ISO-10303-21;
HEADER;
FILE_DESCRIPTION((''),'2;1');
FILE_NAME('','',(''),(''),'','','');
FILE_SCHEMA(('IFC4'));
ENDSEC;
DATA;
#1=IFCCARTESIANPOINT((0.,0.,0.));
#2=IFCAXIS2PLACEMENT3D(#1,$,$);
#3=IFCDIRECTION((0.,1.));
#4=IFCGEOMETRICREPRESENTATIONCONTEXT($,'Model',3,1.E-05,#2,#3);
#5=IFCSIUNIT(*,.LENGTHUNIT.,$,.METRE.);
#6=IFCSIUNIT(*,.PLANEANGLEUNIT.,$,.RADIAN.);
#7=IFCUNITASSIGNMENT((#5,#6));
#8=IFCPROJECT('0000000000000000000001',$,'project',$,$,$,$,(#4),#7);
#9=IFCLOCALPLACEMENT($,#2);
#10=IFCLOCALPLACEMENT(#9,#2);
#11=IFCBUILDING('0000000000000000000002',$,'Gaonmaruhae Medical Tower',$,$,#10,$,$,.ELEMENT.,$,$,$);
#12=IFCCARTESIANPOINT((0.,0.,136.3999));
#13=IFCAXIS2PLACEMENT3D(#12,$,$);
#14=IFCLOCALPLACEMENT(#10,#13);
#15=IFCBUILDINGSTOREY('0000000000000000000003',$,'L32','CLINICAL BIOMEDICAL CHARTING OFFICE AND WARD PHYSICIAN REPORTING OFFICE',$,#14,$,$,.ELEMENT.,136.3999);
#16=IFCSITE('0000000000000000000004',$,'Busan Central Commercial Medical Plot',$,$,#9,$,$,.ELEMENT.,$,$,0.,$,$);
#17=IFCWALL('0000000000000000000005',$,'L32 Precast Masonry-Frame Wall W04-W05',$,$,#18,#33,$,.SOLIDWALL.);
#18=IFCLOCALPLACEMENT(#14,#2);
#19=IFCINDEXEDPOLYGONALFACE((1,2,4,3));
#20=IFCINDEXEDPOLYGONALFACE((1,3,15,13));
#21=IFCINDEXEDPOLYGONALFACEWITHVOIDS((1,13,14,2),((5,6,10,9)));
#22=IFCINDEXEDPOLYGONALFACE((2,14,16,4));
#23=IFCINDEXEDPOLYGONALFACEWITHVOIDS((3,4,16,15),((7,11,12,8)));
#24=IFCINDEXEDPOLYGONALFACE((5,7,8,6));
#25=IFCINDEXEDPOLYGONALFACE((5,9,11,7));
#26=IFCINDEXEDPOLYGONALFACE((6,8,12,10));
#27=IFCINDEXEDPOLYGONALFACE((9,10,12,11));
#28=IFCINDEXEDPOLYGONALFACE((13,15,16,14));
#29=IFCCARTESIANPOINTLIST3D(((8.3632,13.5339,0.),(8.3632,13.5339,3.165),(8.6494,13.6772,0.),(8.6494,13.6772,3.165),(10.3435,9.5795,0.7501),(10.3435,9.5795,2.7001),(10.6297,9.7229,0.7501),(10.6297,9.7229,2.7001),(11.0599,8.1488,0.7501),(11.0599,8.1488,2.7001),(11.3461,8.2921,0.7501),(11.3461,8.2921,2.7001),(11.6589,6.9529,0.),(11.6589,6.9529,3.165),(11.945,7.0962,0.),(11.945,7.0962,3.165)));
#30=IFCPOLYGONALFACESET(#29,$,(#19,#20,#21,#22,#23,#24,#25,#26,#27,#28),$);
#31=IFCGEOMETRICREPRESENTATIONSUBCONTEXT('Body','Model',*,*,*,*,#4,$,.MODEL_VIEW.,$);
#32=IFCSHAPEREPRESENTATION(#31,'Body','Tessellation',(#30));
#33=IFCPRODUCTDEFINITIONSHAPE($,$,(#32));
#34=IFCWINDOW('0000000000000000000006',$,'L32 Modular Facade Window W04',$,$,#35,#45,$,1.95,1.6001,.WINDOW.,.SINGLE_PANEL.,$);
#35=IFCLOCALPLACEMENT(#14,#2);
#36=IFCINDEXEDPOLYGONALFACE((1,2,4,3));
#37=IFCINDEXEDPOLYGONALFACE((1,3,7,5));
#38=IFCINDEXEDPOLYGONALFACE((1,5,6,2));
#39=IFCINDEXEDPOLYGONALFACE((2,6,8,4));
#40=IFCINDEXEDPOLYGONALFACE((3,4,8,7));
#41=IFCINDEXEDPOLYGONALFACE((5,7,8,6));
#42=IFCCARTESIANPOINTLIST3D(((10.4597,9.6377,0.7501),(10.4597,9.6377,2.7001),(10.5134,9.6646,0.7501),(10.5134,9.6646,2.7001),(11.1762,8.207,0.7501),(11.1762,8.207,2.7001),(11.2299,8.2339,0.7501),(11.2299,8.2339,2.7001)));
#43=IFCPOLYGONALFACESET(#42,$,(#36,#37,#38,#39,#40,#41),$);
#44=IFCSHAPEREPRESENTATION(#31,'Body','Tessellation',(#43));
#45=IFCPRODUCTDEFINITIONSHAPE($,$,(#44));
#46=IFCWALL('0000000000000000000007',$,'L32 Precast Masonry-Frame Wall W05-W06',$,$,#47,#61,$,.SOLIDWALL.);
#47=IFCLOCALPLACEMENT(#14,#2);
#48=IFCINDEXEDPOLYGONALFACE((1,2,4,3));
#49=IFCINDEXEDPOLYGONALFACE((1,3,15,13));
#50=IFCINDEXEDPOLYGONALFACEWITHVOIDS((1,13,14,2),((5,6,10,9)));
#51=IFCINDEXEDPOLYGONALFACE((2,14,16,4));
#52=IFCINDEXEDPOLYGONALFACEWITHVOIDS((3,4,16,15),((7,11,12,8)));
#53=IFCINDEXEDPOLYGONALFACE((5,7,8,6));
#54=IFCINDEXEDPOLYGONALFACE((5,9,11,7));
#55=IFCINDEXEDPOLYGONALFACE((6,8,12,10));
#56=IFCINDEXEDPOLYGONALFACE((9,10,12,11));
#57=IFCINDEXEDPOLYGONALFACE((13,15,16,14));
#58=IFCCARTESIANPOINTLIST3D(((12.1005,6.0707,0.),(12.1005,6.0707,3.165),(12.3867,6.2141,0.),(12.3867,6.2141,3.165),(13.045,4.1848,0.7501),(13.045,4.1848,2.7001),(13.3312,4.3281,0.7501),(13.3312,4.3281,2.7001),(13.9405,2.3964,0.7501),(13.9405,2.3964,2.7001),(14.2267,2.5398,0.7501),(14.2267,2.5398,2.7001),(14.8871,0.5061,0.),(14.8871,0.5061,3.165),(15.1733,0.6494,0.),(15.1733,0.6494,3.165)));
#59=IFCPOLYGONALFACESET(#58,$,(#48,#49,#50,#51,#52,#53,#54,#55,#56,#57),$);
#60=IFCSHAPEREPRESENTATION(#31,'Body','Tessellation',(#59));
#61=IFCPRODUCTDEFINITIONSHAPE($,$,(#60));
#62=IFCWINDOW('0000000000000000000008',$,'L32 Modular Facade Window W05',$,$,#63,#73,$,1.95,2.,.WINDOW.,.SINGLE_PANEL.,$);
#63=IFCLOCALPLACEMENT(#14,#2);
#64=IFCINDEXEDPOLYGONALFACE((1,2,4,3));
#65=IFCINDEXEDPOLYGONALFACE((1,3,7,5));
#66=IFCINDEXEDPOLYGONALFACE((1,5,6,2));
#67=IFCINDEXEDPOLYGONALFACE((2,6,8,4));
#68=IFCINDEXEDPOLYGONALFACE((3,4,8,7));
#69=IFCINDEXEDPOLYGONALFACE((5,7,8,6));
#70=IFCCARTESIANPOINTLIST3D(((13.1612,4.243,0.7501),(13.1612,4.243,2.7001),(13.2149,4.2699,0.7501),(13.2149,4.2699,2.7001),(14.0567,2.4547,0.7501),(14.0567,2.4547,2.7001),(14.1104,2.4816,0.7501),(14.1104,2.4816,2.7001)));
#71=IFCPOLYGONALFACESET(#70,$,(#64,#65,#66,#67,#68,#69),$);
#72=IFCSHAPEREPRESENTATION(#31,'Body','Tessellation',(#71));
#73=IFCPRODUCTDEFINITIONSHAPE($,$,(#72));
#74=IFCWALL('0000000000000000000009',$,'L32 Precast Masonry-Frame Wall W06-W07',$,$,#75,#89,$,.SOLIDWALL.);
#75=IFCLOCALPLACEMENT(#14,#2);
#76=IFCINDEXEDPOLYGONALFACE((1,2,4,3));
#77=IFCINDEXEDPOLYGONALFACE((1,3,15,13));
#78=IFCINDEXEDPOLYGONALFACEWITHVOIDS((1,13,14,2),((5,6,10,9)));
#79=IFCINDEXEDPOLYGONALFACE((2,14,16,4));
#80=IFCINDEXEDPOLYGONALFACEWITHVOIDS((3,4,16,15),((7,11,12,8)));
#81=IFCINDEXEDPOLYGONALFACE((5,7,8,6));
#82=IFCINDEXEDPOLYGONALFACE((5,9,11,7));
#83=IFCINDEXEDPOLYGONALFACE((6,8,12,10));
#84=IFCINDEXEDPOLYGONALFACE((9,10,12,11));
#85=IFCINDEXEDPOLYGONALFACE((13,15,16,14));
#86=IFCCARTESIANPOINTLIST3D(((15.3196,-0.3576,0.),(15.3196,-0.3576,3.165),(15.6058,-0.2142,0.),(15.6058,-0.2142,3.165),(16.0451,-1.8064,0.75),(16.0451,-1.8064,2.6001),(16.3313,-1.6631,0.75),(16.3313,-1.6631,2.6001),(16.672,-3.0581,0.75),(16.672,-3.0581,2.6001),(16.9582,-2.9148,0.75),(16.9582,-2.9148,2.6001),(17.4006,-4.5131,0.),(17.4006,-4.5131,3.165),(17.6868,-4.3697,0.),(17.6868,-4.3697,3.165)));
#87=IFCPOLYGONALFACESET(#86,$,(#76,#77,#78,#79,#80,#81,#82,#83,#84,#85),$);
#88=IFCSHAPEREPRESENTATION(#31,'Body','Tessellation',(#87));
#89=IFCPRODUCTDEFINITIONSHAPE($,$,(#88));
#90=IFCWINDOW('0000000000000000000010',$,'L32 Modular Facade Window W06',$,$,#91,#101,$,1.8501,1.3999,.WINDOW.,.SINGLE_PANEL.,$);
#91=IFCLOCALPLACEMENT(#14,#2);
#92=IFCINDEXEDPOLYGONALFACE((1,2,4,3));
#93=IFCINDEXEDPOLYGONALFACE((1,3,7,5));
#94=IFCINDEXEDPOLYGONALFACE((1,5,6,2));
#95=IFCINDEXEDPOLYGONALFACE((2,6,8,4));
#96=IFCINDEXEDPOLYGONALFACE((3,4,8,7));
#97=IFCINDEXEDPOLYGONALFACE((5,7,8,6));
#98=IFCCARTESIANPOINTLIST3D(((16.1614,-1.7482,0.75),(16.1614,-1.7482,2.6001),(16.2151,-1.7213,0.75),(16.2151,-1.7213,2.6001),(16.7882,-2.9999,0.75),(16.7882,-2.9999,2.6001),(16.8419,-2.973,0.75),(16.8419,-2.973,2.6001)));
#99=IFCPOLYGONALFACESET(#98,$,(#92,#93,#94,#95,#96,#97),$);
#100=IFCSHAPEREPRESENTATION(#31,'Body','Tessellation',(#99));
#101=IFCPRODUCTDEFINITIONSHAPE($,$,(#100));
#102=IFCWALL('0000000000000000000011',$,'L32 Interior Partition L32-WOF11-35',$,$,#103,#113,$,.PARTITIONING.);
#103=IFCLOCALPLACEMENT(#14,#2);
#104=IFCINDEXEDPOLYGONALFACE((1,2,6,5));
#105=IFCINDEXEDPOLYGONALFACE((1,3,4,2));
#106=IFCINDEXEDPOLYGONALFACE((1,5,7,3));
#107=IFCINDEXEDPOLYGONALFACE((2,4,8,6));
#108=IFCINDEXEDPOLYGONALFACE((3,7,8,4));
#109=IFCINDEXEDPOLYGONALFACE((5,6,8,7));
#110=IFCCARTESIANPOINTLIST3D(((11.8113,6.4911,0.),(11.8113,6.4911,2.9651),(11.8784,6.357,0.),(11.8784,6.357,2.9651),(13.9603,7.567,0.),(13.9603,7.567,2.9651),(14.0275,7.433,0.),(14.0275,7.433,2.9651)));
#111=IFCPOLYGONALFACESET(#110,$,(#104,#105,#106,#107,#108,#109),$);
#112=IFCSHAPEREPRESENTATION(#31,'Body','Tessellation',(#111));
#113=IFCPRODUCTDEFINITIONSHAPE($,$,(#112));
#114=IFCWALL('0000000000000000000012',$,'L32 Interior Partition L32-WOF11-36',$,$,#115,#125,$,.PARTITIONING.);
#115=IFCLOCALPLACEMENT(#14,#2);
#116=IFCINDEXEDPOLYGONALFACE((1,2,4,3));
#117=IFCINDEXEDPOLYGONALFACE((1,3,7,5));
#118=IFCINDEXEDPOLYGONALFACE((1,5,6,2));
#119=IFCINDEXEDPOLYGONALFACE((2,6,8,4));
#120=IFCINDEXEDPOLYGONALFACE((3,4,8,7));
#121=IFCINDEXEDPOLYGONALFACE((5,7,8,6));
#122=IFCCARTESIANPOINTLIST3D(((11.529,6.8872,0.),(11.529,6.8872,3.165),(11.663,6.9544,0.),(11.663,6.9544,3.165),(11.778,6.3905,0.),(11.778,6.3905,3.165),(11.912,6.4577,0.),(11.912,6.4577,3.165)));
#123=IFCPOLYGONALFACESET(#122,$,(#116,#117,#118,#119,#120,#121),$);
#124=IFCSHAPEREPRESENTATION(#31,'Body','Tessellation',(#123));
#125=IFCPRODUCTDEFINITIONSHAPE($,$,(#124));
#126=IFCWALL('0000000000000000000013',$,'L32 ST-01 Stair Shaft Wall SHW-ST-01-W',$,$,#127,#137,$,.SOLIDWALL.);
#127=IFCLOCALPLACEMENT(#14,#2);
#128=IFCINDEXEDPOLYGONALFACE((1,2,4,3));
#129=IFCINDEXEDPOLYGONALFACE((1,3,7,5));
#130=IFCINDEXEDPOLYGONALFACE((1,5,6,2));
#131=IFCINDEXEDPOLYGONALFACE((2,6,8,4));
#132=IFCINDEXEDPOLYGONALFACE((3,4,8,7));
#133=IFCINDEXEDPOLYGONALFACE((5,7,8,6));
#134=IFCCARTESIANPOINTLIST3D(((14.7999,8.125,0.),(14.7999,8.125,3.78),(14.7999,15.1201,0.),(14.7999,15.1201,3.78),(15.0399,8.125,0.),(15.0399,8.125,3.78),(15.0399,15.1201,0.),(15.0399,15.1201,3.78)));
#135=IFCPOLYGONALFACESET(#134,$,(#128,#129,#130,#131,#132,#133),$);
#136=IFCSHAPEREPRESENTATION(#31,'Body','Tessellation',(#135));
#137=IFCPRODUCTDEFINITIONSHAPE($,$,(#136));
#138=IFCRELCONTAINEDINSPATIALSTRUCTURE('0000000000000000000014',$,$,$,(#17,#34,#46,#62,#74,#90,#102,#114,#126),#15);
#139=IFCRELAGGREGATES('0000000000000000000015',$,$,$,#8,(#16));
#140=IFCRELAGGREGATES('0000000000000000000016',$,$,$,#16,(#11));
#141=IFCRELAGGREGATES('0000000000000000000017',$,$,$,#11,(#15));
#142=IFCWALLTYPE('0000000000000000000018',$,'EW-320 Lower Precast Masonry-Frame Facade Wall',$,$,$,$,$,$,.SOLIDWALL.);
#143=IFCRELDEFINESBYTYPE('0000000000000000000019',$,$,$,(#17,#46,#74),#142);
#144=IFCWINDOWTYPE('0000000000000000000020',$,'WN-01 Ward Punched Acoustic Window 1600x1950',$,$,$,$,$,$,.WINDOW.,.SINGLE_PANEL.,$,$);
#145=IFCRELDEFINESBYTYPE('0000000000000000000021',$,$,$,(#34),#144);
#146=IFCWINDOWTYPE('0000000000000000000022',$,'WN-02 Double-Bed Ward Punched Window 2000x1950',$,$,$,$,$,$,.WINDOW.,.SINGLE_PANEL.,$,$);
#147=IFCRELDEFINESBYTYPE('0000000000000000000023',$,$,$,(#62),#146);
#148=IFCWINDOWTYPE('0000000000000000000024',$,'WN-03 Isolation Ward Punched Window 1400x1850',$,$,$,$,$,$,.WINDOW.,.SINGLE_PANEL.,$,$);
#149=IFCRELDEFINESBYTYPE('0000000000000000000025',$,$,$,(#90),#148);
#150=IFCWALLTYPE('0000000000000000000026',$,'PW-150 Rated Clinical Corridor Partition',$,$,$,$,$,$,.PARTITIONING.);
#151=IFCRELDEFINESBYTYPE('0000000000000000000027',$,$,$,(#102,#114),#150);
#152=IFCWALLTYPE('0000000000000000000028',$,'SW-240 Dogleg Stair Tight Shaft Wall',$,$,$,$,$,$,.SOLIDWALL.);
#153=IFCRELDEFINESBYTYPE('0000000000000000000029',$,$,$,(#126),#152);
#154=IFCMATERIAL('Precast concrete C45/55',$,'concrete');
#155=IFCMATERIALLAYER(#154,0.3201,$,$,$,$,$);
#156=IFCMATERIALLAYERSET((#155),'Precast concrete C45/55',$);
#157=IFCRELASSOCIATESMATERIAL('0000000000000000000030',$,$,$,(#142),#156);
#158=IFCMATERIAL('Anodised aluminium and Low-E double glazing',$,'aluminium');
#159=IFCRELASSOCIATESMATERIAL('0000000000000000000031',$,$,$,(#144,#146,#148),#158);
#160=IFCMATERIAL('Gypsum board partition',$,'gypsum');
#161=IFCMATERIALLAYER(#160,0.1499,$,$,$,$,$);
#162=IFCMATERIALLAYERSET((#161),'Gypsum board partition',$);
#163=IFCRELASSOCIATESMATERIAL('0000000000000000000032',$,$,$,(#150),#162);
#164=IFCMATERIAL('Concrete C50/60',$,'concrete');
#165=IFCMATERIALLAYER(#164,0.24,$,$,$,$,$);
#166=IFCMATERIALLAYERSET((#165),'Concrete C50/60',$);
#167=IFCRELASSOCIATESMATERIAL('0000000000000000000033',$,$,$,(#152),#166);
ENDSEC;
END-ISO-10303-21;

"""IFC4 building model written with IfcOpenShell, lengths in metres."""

from ifc_helpers import new_model, si_unit, direction, frame, frame_2d, origin, place, context, subcontext, project, spatial, rectangle, extrude, material, layer, layer_set, type_object, element, fill, save


model = new_model("IFC4")

# Units and contexts
model_context = context("Model", 3, precision=1e-05, world=origin(), true_north=direction((0.0, 1.0)))
body_context = subcontext(model_context, "Body", "Model", "MODEL_VIEW")
ifc_project = project(units=[si_unit("LENGTHUNIT", "METRE"), si_unit("PLANEANGLEUNIT", "RADIAN")], contexts=[model_context])

# Site, building, storey
site_placement = place(None, origin())
site = spatial("IfcSite", under=ifc_project, at=site_placement, Name="Busan Central Commercial Medical Plot", CompositionType="ELEMENT", RefElevation=0.0)
building_placement = place(site_placement, origin())
building = spatial("IfcBuilding", under=site, at=building_placement, Name="Gaonmaruhae Medical Tower", CompositionType="ELEMENT")
storey_placement = place(building_placement, frame((0.0, 0.0, 136.3999)))
storey = spatial("IfcBuildingStorey", under=building, at=storey_placement, Name="L32", Description="CLINICAL BIOMEDICAL CHARTING OFFICE AND WARD PHYSICIAN REPORTING OFFICE", CompositionType="ELEMENT", Elevation=136.3999)

# Walls, openings, windows
ifc_material_1 = material(Name="Precast concrete C45/55", Category="concrete")
ifc_layer_1 = layer(ifc_material_1, 0.3201)
ifc_layer_set_1 = layer_set([ifc_layer_1], Name="Precast concrete C45/55")
wall_type_1 = type_object("IfcWallType", Name="EW-320 Lower Precast Masonry-Frame Facade Wall", PredefinedType="SOLIDWALL", material=ifc_layer_set_1)
wall_1_placement = place(storey_placement, frame((11.802, 7.0244, 0.0), z_axis=(0.0, 0.0, 1.0), x_axis=(-0.447771, 0.894148, 0.0)))
wall_1 = element("IfcWall", 1, at=wall_1_placement, inside=storey, type_object=wall_type_1, Name="L32 Precast Masonry-Frame Wall W04-W05", PredefinedType="SOLIDWALL", context=body_context, shape_type="SweptSolid", body=[
    extrude(rectangle(XDim=7.3601, YDim=0.3201, at=frame_2d((3.6802, 0.0))), origin(), (0.0, 0.0, 1.0), 3.165),
])
opening_1_placement = place(wall_1_placement, frame((1.3376, 0.0, 0.75)))
opening_1 = element("IfcOpeningElement", 2, at=opening_1_placement, cuts=wall_1, PredefinedType="OPENING", context=body_context, shape_type="SweptSolid", body=[
    extrude(rectangle(XDim=1.6001, YDim=1.95, at=frame_2d((0.8, 0.9751))), frame((0.0, 0.1699, 0.0), z_axis=(0.0, -1.0, 0.0), x_axis=(1.0, 0.0, 0.0)), (0.0, 0.0, 1.0), 0.3401),
])
ifc_material_2 = material(Name="Anodised aluminium and Low-E double glazing", Category="aluminium")
window_type_1 = type_object("IfcWindowType", Name="WN-01 Ward Punched Acoustic Window 1600x1950", PartitioningType="SINGLE_PANEL", PredefinedType="WINDOW", material=ifc_material_2)
window_1_placement = place(opening_1_placement, origin())
window_1 = element("IfcWindow", 3, at=window_1_placement, inside=storey, type_object=window_type_1, Name="L32 Modular Facade Window W04", OverallHeight=1.95, OverallWidth=1.6001, PartitioningType="SINGLE_PANEL", PredefinedType="WINDOW", context=body_context, shape_type="SweptSolid", body=[
    extrude(rectangle(XDim=1.6001, YDim=1.95, at=frame_2d((0.8, 0.9751))), frame((0.0, 0.03, 0.0), z_axis=(0.0, -1.0, 0.0), x_axis=(1.0, 0.0, 0.0)), (0.0, 0.0, 1.0), 0.0601),
])
fill(opening_1, window_1)
wall_2_placement = place(storey_placement, frame((15.0303, 0.5776, 0.0), z_axis=(0.0, 0.0, 1.0), x_axis=(-0.447763, 0.894152, 0.0)))
wall_2 = element("IfcWall", 4, at=wall_2_placement, inside=storey, type_object=wall_type_1, Name="L32 Precast Masonry-Frame Wall W05-W06", PredefinedType="SOLIDWALL", context=body_context, shape_type="SweptSolid", body=[
    extrude(rectangle(XDim=6.2234, YDim=0.3201, at=frame_2d((3.1118, 0.0))), origin(), (0.0, 0.0, 1.0), 3.165),
])
opening_2_placement = place(wall_2_placement, frame((2.1143, 0.0, 0.75)))
opening_2 = element("IfcOpeningElement", 5, at=opening_2_placement, cuts=wall_2, PredefinedType="OPENING", context=body_context, shape_type="SweptSolid", body=[
    extrude(rectangle(XDim=2.0, YDim=1.95, at=frame_2d((1.0, 0.9751))), frame((0.0, 0.1699, 0.0), z_axis=(0.0, -1.0, 0.0), x_axis=(1.0, 0.0, 0.0)), (0.0, 0.0, 1.0), 0.3401),
])
window_type_2 = type_object("IfcWindowType", Name="WN-02 Double-Bed Ward Punched Window 2000x1950", PartitioningType="SINGLE_PANEL", PredefinedType="WINDOW", material=ifc_material_2)
window_2_placement = place(opening_2_placement, origin())
window_2 = element("IfcWindow", 6, at=window_2_placement, inside=storey, type_object=window_type_2, Name="L32 Modular Facade Window W05", OverallHeight=1.95, OverallWidth=2.0, PartitioningType="SINGLE_PANEL", PredefinedType="WINDOW", context=body_context, shape_type="SweptSolid", body=[
    extrude(rectangle(XDim=2.0, YDim=1.95, at=frame_2d((1.0, 0.9751))), frame((0.0, 0.03, 0.0), z_axis=(0.0, -1.0, 0.0), x_axis=(1.0, 0.0, 0.0)), (0.0, 0.0, 1.0), 0.0601),
])
fill(opening_2, window_2)
wall_3_placement = place(storey_placement, frame((17.5437, -4.4414, 0.0), z_axis=(0.0, 0.0, 1.0), x_axis=(-0.447781, 0.894143, 0.0)))
wall_3 = element("IfcWall", 7, at=wall_3_placement, inside=storey, type_object=wall_type_1, Name="L32 Precast Masonry-Frame Wall W06-W07", PredefinedType="SOLIDWALL", context=body_context, shape_type="SweptSolid", body=[
    extrude(rectangle(XDim=4.6475, YDim=0.3201, at=frame_2d((2.3237, 0.0))), origin(), (0.0, 0.0, 1.0), 3.165),
])
opening_3_placement = place(wall_3_placement, frame((1.6272, 0.0, 0.75)))
opening_3 = element("IfcOpeningElement", 8, at=opening_3_placement, cuts=wall_3, PredefinedType="OPENING", context=body_context, shape_type="SweptSolid", body=[
    extrude(rectangle(XDim=1.3999, YDim=1.8501, at=frame_2d((0.7, 0.925))), frame((0.0, 0.1699, 0.0), z_axis=(0.0, -1.0, 0.0), x_axis=(1.0, 0.0, 0.0)), (0.0, 0.0, 1.0), 0.3401),
])
window_type_3 = type_object("IfcWindowType", Name="WN-03 Isolation Ward Punched Window 1400x1850", PartitioningType="SINGLE_PANEL", PredefinedType="WINDOW", material=ifc_material_2)
window_3_placement = place(opening_3_placement, origin())
window_3 = element("IfcWindow", 9, at=window_3_placement, inside=storey, type_object=window_type_3, Name="L32 Modular Facade Window W06", OverallHeight=1.8501, OverallWidth=1.3999, PartitioningType="SINGLE_PANEL", PredefinedType="WINDOW", context=body_context, shape_type="SweptSolid", body=[
    extrude(rectangle(XDim=1.3999, YDim=1.8501, at=frame_2d((0.7, 0.925))), frame((0.0, 0.03, 0.0), z_axis=(0.0, -1.0, 0.0), x_axis=(1.0, 0.0, 0.0)), (0.0, 0.0, 1.0), 0.0601),
])
fill(opening_3, window_3)

# Walls
ifc_material_3 = material(Name="Gypsum board partition", Category="gypsum")
ifc_layer_2 = layer(ifc_material_3, 0.1499)
ifc_layer_set_2 = layer_set([ifc_layer_2], Name="Gypsum board partition")
wall_type_2 = type_object("IfcWallType", Name="PW-150 Rated Clinical Corridor Partition", PredefinedType="PARTITIONING", material=ifc_layer_set_2)
wall_4_placement = place(storey_placement, frame((13.9939, 7.5, 0.0), z_axis=(0.0, 0.0, 1.0), x_axis=(-0.894183, -0.447701, 0.0)))
element("IfcWall", 10, at=wall_4_placement, inside=storey, type_object=wall_type_2, Name="L32 Interior Partition L32-WOF11-35", PredefinedType="PARTITIONING", context=body_context, shape_type="SweptSolid", body=[
    extrude(rectangle(XDim=2.4033, YDim=0.1499, at=frame_2d((1.2017, 0.0))), origin(), (0.0, 0.0, 1.0), 2.9651),
])
wall_5_placement = place(storey_placement, frame((11.845, 6.4241, 0.0), z_axis=(0.0, 0.0, 1.0), x_axis=(-0.448092, 0.893987, 0.0)))
element("IfcWall", 11, at=wall_5_placement, inside=storey, type_object=wall_type_2, Name="L32 Interior Partition L32-WOF11-36", PredefinedType="PARTITIONING", context=body_context, shape_type="SweptSolid", body=[
    extrude(rectangle(XDim=0.5557, YDim=0.1499, at=frame_2d((0.2778, 0.0))), origin(), (0.0, 0.0, 1.0), 3.165),
])
ifc_material_4 = material(Name="Concrete C50/60", Category="concrete")
ifc_layer_3 = layer(ifc_material_4, 0.24)
ifc_layer_set_3 = layer_set([ifc_layer_3], Name="Concrete C50/60")
wall_type_3 = type_object("IfcWallType", Name="SW-240 Dogleg Stair Tight Shaft Wall", PredefinedType="SOLIDWALL", material=ifc_layer_set_3)
wall_6_placement = place(storey_placement, frame((14.9199, 8.125, 0.0), z_axis=(0.0, 0.0, 1.0), x_axis=(0.0, 1.0, 0.0)))
element("IfcWall", 12, at=wall_6_placement, inside=storey, type_object=wall_type_3, Name="L32 ST-01 Stair Shaft Wall SHW-ST-01-W", PredefinedType="SOLIDWALL", context=body_context, shape_type="SweptSolid", body=[
    extrude(rectangle(XDim=6.9951, YDim=0.24, at=frame_2d((3.4976, 0.0))), origin(), (0.0, 0.0, 1.0), 3.78),
])

save(model, "model.ifc")
